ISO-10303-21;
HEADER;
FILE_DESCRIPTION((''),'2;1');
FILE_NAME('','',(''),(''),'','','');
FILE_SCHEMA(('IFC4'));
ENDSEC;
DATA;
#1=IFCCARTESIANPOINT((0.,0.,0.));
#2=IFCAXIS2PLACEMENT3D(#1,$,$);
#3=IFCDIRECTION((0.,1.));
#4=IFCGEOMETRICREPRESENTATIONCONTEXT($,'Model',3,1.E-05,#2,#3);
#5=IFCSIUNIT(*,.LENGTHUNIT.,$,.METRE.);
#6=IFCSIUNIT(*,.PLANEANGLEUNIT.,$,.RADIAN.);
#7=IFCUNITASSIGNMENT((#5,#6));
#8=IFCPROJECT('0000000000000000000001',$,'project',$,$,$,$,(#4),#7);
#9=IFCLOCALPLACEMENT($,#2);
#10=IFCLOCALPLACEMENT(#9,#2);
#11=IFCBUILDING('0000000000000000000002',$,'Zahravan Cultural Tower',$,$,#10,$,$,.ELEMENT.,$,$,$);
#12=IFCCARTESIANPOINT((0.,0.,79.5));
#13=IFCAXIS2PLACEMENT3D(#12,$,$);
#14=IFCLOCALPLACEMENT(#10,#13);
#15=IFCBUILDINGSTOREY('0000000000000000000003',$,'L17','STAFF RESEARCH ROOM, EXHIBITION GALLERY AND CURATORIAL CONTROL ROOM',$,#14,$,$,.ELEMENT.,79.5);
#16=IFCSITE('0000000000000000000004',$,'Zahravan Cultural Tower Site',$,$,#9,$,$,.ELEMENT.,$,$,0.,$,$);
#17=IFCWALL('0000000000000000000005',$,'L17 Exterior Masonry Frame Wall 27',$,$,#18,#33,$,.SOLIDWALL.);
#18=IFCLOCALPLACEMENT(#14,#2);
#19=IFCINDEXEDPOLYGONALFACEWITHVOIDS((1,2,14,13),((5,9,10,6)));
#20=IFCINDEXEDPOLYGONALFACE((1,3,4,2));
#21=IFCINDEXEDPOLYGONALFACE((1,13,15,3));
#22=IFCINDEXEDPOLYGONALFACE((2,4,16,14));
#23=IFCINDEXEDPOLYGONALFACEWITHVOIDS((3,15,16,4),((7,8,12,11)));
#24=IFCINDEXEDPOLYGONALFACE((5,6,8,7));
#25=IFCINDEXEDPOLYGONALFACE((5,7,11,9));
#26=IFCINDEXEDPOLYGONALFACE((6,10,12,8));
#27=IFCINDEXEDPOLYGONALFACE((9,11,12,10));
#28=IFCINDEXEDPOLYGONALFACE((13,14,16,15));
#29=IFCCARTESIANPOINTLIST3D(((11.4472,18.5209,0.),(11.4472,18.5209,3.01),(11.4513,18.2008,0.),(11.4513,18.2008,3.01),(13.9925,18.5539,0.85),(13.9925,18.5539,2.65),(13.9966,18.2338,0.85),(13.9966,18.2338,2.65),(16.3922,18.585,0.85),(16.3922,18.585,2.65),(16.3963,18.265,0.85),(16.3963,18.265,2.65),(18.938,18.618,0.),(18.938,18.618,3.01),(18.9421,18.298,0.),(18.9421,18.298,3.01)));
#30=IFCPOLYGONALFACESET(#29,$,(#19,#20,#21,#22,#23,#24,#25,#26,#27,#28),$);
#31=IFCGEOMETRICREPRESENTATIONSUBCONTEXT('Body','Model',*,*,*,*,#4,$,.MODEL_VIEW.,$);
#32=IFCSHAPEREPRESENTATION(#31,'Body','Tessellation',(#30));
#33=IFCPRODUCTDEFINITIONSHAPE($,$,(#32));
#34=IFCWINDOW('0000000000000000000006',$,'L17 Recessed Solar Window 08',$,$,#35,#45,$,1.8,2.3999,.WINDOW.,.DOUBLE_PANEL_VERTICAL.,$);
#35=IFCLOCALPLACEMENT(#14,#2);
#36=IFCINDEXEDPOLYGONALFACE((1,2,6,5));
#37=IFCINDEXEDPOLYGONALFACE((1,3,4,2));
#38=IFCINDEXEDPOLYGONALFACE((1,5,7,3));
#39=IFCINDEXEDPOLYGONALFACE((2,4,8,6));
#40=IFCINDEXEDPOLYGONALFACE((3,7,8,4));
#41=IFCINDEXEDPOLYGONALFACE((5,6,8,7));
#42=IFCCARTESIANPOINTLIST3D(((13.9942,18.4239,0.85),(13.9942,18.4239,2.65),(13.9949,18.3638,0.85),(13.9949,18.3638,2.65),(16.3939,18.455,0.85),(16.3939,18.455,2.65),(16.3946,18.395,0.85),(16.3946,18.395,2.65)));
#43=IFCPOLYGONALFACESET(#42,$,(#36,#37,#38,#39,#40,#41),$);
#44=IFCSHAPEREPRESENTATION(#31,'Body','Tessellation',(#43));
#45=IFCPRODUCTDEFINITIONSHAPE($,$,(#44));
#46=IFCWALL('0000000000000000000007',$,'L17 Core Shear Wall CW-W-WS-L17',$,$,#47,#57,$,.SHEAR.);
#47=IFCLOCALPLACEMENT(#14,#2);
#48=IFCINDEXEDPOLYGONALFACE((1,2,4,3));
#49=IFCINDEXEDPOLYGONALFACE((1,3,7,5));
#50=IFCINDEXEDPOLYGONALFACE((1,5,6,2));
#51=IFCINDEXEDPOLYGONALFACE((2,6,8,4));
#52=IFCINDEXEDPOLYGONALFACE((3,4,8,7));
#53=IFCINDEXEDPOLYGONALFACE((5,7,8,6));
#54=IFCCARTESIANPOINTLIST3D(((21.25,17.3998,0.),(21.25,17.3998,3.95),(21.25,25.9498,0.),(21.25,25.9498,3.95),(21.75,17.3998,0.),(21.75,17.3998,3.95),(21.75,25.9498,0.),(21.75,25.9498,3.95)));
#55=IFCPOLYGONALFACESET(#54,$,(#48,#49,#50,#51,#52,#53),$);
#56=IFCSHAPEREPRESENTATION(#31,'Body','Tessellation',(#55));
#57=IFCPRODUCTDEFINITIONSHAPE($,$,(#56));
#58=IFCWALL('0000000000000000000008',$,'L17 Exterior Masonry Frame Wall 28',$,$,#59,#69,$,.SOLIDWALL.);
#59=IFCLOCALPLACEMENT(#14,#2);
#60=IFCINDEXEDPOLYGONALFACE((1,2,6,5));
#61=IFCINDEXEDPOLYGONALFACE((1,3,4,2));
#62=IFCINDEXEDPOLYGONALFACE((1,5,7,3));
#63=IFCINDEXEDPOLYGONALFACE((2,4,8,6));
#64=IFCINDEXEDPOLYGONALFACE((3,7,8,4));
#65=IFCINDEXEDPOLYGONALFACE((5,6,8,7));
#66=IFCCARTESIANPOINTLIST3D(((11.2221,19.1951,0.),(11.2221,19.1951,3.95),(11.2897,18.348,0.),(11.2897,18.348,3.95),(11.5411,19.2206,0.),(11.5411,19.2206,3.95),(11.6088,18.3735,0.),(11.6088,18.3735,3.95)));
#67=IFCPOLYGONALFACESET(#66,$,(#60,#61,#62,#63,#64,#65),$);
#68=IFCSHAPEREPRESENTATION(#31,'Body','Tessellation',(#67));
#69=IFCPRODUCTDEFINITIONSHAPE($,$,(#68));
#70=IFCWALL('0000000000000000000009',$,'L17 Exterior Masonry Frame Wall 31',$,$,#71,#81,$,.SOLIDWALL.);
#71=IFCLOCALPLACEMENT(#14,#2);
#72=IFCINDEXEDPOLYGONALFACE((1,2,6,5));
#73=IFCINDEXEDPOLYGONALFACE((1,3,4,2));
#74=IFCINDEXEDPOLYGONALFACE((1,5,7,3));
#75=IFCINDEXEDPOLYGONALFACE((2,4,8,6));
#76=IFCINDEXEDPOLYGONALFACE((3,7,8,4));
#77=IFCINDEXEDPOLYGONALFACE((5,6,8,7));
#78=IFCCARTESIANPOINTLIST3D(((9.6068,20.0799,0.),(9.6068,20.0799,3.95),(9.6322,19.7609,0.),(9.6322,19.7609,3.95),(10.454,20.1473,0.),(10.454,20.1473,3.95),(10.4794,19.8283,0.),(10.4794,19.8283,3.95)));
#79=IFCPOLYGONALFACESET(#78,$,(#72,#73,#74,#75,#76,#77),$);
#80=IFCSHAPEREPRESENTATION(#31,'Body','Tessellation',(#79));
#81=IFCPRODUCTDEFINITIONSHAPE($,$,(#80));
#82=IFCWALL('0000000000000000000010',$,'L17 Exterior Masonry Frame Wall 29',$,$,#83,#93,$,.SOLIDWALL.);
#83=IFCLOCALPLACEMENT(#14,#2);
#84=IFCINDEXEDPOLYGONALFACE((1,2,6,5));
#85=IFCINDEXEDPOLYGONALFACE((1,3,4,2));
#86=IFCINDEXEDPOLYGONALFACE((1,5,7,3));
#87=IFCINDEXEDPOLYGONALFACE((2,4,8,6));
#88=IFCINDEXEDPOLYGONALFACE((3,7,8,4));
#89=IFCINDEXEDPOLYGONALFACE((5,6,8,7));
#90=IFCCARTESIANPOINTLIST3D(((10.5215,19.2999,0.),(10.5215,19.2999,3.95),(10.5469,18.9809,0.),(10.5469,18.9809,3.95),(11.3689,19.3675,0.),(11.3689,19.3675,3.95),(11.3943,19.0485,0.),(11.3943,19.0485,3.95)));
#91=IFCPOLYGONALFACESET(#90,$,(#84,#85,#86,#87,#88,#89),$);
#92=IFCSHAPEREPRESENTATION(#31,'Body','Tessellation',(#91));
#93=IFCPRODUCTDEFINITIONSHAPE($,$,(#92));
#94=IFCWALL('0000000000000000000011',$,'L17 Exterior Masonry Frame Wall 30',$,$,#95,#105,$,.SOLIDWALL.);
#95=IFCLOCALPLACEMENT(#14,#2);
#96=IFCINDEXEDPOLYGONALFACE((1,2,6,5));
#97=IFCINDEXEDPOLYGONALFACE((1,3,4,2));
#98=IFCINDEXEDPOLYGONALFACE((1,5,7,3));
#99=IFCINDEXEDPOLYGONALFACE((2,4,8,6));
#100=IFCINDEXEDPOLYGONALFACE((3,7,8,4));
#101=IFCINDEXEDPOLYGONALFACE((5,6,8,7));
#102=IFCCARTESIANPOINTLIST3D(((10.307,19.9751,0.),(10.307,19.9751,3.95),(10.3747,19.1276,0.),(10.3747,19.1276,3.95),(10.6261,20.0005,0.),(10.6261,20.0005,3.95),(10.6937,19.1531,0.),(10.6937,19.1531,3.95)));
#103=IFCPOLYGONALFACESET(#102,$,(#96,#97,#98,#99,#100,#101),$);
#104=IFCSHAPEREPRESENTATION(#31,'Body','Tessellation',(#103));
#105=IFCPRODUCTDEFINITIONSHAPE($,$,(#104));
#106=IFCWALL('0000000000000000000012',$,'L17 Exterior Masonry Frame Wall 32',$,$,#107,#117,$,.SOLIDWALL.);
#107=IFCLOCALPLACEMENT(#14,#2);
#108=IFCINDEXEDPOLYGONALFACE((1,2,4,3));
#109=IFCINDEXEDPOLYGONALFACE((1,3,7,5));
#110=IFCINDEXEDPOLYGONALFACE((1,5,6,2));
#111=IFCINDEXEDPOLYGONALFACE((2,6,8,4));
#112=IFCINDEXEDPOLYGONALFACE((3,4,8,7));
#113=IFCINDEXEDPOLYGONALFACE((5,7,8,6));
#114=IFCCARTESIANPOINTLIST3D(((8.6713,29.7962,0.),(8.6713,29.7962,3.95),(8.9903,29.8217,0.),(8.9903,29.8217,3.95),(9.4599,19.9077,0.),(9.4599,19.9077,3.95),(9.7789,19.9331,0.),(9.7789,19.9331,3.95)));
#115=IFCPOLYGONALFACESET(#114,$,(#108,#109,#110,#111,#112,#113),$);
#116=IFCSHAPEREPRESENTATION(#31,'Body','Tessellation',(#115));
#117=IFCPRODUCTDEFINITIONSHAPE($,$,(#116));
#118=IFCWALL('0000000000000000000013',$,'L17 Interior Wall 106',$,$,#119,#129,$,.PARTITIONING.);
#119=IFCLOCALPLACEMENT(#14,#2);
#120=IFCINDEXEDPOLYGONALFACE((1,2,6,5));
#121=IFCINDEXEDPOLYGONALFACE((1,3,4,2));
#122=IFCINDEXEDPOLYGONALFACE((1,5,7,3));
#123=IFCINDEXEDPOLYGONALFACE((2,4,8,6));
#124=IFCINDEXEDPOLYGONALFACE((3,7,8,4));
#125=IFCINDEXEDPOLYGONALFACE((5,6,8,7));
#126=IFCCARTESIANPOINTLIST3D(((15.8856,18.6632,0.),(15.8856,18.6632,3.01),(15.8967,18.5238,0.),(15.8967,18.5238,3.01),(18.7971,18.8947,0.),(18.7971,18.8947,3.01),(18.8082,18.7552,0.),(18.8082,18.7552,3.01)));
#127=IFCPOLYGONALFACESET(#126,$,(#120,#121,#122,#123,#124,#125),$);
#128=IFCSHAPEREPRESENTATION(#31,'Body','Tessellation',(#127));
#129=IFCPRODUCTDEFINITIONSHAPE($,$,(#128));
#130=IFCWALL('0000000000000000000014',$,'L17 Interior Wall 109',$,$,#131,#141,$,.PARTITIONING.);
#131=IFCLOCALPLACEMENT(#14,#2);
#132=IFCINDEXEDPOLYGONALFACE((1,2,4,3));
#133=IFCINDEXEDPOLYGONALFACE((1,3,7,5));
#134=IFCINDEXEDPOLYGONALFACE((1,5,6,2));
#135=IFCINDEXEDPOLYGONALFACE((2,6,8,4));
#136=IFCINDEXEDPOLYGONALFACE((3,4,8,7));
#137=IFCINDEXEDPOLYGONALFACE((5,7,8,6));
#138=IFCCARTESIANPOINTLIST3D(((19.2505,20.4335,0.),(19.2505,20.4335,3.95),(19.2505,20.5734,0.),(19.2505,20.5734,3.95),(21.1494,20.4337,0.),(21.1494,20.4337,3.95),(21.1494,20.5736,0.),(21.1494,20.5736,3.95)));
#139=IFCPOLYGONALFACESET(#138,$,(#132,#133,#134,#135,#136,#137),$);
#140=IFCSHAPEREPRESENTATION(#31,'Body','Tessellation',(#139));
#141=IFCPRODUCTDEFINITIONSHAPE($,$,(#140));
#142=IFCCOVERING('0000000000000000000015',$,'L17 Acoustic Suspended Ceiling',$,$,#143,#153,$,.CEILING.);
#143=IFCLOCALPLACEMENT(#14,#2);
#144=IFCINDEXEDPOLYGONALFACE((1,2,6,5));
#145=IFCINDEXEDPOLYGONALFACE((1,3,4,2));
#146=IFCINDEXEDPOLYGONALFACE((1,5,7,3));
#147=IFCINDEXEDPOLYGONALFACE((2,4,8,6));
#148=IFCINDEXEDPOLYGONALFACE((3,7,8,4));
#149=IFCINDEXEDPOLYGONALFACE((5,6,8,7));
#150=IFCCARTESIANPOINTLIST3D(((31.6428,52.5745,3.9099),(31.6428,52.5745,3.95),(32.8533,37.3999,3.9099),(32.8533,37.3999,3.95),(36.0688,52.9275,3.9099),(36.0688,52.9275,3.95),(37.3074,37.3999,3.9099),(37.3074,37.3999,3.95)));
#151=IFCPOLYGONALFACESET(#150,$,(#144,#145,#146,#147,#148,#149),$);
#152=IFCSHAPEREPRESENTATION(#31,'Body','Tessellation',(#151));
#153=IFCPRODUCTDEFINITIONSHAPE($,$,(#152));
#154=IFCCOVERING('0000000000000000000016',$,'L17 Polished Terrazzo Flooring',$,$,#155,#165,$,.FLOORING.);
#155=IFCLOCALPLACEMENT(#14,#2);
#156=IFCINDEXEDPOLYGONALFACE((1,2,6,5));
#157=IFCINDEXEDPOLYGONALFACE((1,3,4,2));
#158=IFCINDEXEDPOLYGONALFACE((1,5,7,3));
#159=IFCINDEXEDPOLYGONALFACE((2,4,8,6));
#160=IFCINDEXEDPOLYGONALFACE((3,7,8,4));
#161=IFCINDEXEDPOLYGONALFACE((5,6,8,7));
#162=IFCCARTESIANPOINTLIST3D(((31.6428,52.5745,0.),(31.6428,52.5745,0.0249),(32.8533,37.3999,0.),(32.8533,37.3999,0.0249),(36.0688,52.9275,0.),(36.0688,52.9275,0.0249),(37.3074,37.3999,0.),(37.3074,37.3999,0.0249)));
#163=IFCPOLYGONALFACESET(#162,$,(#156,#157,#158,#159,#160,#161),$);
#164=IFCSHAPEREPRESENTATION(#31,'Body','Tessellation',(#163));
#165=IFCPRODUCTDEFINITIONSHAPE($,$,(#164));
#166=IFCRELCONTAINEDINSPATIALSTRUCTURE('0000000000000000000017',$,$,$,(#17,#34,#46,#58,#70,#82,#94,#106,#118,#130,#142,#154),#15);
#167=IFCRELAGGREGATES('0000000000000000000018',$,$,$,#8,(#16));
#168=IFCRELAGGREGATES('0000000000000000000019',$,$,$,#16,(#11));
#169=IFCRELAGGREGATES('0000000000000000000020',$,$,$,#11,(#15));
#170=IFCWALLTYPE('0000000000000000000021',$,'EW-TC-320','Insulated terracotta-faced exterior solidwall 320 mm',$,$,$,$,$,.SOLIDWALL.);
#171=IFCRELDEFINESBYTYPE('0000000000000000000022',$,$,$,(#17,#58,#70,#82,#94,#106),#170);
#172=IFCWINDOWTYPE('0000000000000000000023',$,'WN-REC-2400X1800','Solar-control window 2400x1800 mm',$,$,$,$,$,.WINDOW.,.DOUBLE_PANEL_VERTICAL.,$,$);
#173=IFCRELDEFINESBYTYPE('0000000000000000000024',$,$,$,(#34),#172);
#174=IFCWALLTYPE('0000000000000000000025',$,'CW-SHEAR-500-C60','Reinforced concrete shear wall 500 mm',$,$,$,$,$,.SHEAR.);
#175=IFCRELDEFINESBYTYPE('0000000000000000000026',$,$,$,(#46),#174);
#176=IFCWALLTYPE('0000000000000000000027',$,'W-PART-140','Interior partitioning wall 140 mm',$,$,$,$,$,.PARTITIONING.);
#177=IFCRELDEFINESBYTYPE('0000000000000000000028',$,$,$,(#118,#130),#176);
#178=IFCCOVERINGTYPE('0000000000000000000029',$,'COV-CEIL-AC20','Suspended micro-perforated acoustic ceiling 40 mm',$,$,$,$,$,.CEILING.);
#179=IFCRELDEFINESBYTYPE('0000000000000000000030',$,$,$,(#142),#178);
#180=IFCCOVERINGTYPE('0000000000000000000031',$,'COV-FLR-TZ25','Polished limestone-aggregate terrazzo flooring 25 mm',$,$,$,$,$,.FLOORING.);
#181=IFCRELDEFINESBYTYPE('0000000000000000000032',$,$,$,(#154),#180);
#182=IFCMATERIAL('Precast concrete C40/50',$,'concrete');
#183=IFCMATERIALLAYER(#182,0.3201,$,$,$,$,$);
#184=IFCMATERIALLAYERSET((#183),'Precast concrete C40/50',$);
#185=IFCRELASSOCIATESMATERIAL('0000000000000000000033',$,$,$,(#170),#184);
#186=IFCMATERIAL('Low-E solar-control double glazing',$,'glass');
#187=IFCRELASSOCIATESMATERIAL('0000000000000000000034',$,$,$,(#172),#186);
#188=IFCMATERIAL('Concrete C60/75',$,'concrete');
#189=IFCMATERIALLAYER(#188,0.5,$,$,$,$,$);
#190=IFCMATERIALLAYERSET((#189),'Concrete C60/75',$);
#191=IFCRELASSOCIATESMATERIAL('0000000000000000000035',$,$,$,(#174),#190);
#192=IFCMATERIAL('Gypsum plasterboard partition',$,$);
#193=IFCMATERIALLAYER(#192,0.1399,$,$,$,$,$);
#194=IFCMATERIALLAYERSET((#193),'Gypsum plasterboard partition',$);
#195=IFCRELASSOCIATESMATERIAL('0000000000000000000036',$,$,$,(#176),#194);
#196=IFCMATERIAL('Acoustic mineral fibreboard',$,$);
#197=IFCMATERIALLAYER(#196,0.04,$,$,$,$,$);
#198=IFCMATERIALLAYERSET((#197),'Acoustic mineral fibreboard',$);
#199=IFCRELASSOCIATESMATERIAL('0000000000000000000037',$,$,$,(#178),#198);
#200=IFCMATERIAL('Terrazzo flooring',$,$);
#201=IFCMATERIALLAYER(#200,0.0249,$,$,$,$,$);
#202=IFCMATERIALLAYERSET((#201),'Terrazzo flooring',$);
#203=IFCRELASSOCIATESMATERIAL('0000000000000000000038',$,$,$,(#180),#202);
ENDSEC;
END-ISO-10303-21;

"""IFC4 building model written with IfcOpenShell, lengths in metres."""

from ifc_helpers import new_model, si_unit, direction, frame, frame_2d, origin, place, context, subcontext, project, spatial, polyline, rectangle, outline, extrude, source, transform, mapped, material, layer, layer_set, type_object, element, fill, save


model = new_model("IFC4")

# Units and contexts
model_context = context("Model", 3, precision=1e-05, world=origin(), true_north=direction((0.0, 1.0)))
body_context = subcontext(model_context, "Body", "Model", "MODEL_VIEW")
ifc_project = project(units=[si_unit("LENGTHUNIT", "METRE"), si_unit("PLANEANGLEUNIT", "RADIAN")], contexts=[model_context])

# Site, building, storey
site_placement = place(None, origin())
site = spatial("IfcSite", under=ifc_project, at=site_placement, Name="Zahravan Cultural Tower Site", CompositionType="ELEMENT", RefElevation=0.0)
building_placement = place(site_placement, origin())
building = spatial("IfcBuilding", under=site, at=building_placement, Name="Zahravan Cultural Tower", CompositionType="ELEMENT")
storey_placement = place(building_placement, frame((0.0, 0.0, 79.5)))
storey = spatial("IfcBuildingStorey", under=building, at=storey_placement, Name="L17", Description="STAFF RESEARCH ROOM, EXHIBITION GALLERY AND CURATORIAL CONTROL ROOM", CompositionType="ELEMENT", Elevation=79.5)

# Shared definitions
ifc_material_1 = material(Name="Concrete C60/75", Category="concrete")

# Wall, opening, window
ifc_material_2 = material(Name="Precast concrete C40/50", Category="concrete")
ifc_layer_1 = layer(ifc_material_2, 0.3201)
ifc_layer_set_1 = layer_set([ifc_layer_1], Name="Precast concrete C40/50")
wall_type_1 = type_object("IfcWallType", Name="EW-TC-320", Description="Insulated terracotta-faced exterior solidwall 320 mm", PredefinedType="SOLIDWALL", material=ifc_layer_set_1)
wall_1_placement = place(storey_placement, frame((18.9399, 18.458, 0.0), z_axis=(0.0, 0.0, 1.0), x_axis=(-0.999916, -0.012971, 0.0)))
wall_1 = element("IfcWall", 1, at=wall_1_placement, inside=storey, type_object=wall_type_1, Name="L17 Exterior Masonry Frame Wall 27", PredefinedType="SOLIDWALL", context=body_context, shape_type="SweptSolid", body=[
    extrude(rectangle(XDim=7.4915, YDim=0.3201, at=frame_2d((3.7456, 0.0))), origin(), (0.0, 0.0, 1.0), 3.01),
])
opening_placement = place(wall_1_placement, frame((2.5459, 0.0, 0.8501)))
opening = element("IfcOpeningElement", 2, at=opening_placement, cuts=wall_1, PredefinedType="OPENING", context=body_context, shape_type="SweptSolid", body=[
    extrude(rectangle(XDim=2.3999, YDim=1.8, at=frame_2d((1.2, 0.8999))), frame((0.0, 0.1699, 0.0), z_axis=(0.0, -1.0, 0.0), x_axis=(1.0, 0.0, 0.0)), (0.0, 0.0, 1.0), 0.3401),
])
ifc_material_3 = material(Name="Low-E solar-control double glazing", Category="glass")
window_type = type_object("IfcWindowType", Name="WN-REC-2400X1800", Description="Solar-control window 2400x1800 mm", PartitioningType="DOUBLE_PANEL_VERTICAL", PredefinedType="WINDOW", material=ifc_material_3)
shared_shape_1 = source(origin(), body_context, "Body", "SweptSolid", [
    extrude(rectangle(XDim=2.3999, YDim=1.8, at=frame_2d((1.2, 0.8999))), frame((0.0, 0.03, 0.0), z_axis=(0.0, -1.0, 0.0), x_axis=(1.0, 0.0, 0.0)), (0.0, 0.0, 1.0), 0.0601),
])
window_placement = place(opening_placement, origin())
window = element("IfcWindow", 3, at=window_placement, inside=storey, type_object=window_type, Name="L17 Recessed Solar Window 08", OverallHeight=1.8, OverallWidth=2.3999, PartitioningType="DOUBLE_PANEL_VERTICAL", PredefinedType="WINDOW", context=body_context, shape_type="MappedRepresentation", body=[
    mapped(shared_shape_1, transform((0.0, 0.0, 0.0), x_axis=(1.0, 0.0, 0.0), y_axis=(0.0, 1.0, 0.0), z_axis=(0.0, 0.0, 1.0), scale=1.0)),
])
fill(opening, window)

# Walls
ifc_layer_2 = layer(ifc_material_1, 0.5)
ifc_layer_set_2 = layer_set([ifc_layer_2], Name="Concrete C60/75")
wall_type_2 = type_object("IfcWallType", Name="CW-SHEAR-500-C60", Description="Reinforced concrete shear wall 500 mm", PredefinedType="SHEAR", material=ifc_layer_set_2)
shared_shape_2 = source(origin(), body_context, "Body", "SweptSolid", [
    extrude(rectangle(XDim=8.55, YDim=0.5, at=frame_2d((4.2749, 0.0))), origin(), (0.0, 0.0, 1.0), 3.95),
])
wall_2_placement = place(storey_placement, frame((21.5, 17.3999, 0.0), z_axis=(0.0, 0.0, 1.0), x_axis=(0.0, 1.0, 0.0)))
element("IfcWall", 4, at=wall_2_placement, inside=storey, type_object=wall_type_2, Name="L17 Core Shear Wall CW-W-WS-L17", PredefinedType="SHEAR", context=body_context, shape_type="MappedRepresentation", body=[
    mapped(shared_shape_2, transform((0.0, 0.0, 0.0), x_axis=(1.0, 0.0, 0.0), y_axis=(0.0, 1.0, 0.0), z_axis=(0.0, 0.0, 1.0), scale=1.0)),
])
shared_shape_3 = source(origin(), body_context, "Body", "SweptSolid", [
    extrude(rectangle(XDim=0.8499, YDim=0.3201, at=frame_2d((0.4248, 0.0))), origin(), (0.0, 0.0, 1.0), 3.95),
])
for number, where, z_axis, x_axis, name in (
    (5, (11.4492, 18.3608, 0.0), (0.0, 0.0, 1.0), (-0.079574, 0.996829, 0.0), "L17 Exterior Masonry Frame Wall 28"),
    (6, (10.4666, 19.9878, 0.0), (0.0, 0.0, 1.0), (-0.996852, -0.079288, 0.0), "L17 Exterior Masonry Frame Wall 31"),
):
    element("IfcWall", number, at=place(storey_placement, frame(where, z_axis=z_axis, x_axis=x_axis)), inside=storey, type_object=wall_type_1, Name=name, PredefinedType="SOLIDWALL", context=body_context, shape_type="MappedRepresentation", body=[
        mapped(shared_shape_3, transform((0.0, 0.0, 0.0), x_axis=(1.0, 0.0, 0.0), y_axis=(0.0, 1.0, 0.0), z_axis=(0.0, 0.0, 1.0), scale=1.0)),
    ])
shared_shape_4 = source(origin(), body_context, "Body", "SweptSolid", [
    extrude(rectangle(XDim=0.8501, YDim=0.3201, at=frame_2d((0.425, 0.0))), origin(), (0.0, 0.0, 1.0), 3.95),
])
for number, where, z_axis, x_axis, name in (
    (7, (11.3816, 19.208, 0.0), (0.0, 0.0, 1.0), (-0.996831, -0.079551, 0.0), "L17 Exterior Masonry Frame Wall 29"),
    (8, (10.5342, 19.1404, 0.0), (0.0, 0.0, 1.0), (-0.079551, 0.996831, 0.0), "L17 Exterior Masonry Frame Wall 30"),
):
    element("IfcWall", number, at=place(storey_placement, frame(where, z_axis=z_axis, x_axis=x_axis)), inside=storey, type_object=wall_type_1, Name=name, PredefinedType="SOLIDWALL", context=body_context, shape_type="MappedRepresentation", body=[
        mapped(shared_shape_4, transform((0.0, 0.0, 0.0), x_axis=(1.0, 0.0, 0.0), y_axis=(0.0, 1.0, 0.0), z_axis=(0.0, 0.0, 1.0), scale=1.0)),
    ])
shared_shape_5 = source(origin(), body_context, "Body", "SweptSolid", [
    extrude(rectangle(XDim=9.9199, YDim=0.3201, at=frame_2d((4.96, 0.0))), origin(), (0.0, 0.0, 1.0), 3.95),
])
wall_3_placement = place(storey_placement, frame((9.6194, 19.9204, 0.0), z_axis=(0.0, 0.0, 1.0), x_axis=(-0.079495, 0.996835, 0.0)))
element("IfcWall", 9, at=wall_3_placement, inside=storey, type_object=wall_type_1, Name="L17 Exterior Masonry Frame Wall 32", PredefinedType="SOLIDWALL", context=body_context, shape_type="MappedRepresentation", body=[
    mapped(shared_shape_5, transform((0.0, 0.0, 0.0), x_axis=(1.0, 0.0, 0.0), y_axis=(0.0, 1.0, 0.0), z_axis=(0.0, 0.0, 1.0), scale=1.0)),
])
ifc_material_4 = material(Name="Gypsum plasterboard partition")
ifc_layer_3 = layer(ifc_material_4, 0.1399)
ifc_layer_set_3 = layer_set([ifc_layer_3], Name="Gypsum plasterboard partition")
wall_type_3 = type_object("IfcWallType", Name="W-PART-140", Description="Interior partitioning wall 140 mm", PredefinedType="PARTITIONING", material=ifc_layer_set_3)
shared_shape_6 = source(origin(), body_context, "Body", "SweptSolid", [
    extrude(rectangle(XDim=2.9207, YDim=0.1399, at=frame_2d((1.4604, 0.0))), origin(), (0.0, 0.0, 1.0), 3.01),
])
wall_4_placement = place(storey_placement, frame((18.8027, 18.825, 0.0), z_axis=(0.0, 0.0, 1.0), x_axis=(-0.996855, -0.079247, 0.0)))
element("IfcWall", 10, at=wall_4_placement, inside=storey, type_object=wall_type_3, Name="L17 Interior Wall 106", PredefinedType="PARTITIONING", context=body_context, shape_type="MappedRepresentation", body=[
    mapped(shared_shape_6, transform((0.0, 0.0, 0.0), x_axis=(1.0, 0.0, 0.0), y_axis=(0.0, 1.0, 0.0), z_axis=(0.0, 0.0, 1.0), scale=1.0)),
])
shared_shape_7 = source(origin(), body_context, "Body", "SweptSolid", [
    extrude(rectangle(XDim=1.8989, YDim=0.1399, at=frame_2d((0.9495, 0.0))), origin(), (0.0, 0.0, 1.0), 3.95),
])
wall_5_placement = place(storey_placement, frame((19.2505, 20.5034, 0.0), z_axis=(0.0, 0.0, 1.0), x_axis=(1.0, 0.000129, 0.0)))
element("IfcWall", 11, at=wall_5_placement, inside=storey, type_object=wall_type_3, Name="L17 Interior Wall 109", PredefinedType="PARTITIONING", context=body_context, shape_type="MappedRepresentation", body=[
    mapped(shared_shape_7, transform((0.0, 0.0, 0.0), x_axis=(1.0, 0.0, 0.0), y_axis=(0.0, 1.0, 0.0), z_axis=(0.0, 0.0, 1.0), scale=1.0)),
])

# Coverings
ifc_material_5 = material(Name="Acoustic mineral fibreboard")
ifc_layer_4 = layer(ifc_material_5, 0.04)
ifc_layer_set_4 = layer_set([ifc_layer_4], Name="Acoustic mineral fibreboard")
covering_type_1 = type_object("IfcCoveringType", Name="COV-CEIL-AC20", Description="Suspended micro-perforated acoustic ceiling 40 mm", PredefinedType="CEILING", material=ifc_layer_set_4)
covering_1_placement = place(storey_placement, frame((0.0, 0.0, 3.9099)))
element("IfcCovering", 12, at=covering_1_placement, inside=storey, type_object=covering_type_1, Name="L17 Acoustic Suspended Ceiling", PredefinedType="CEILING", context=body_context, shape_type="SweptSolid", body=[
    extrude(outline(polyline([(31.6428, 52.5745), (32.8533, 37.3999), (37.3074, 37.3999), (36.0688, 52.9275), (31.6428, 52.5745)])), origin(), (0.0, 0.0, 1.0), 0.04),
])
ifc_material_6 = material(Name="Terrazzo flooring")
ifc_layer_5 = layer(ifc_material_6, 0.0249)
ifc_layer_set_5 = layer_set([ifc_layer_5], Name="Terrazzo flooring")
covering_type_2 = type_object("IfcCoveringType", Name="COV-FLR-TZ25", Description="Polished limestone-aggregate terrazzo flooring 25 mm", PredefinedType="FLOORING", material=ifc_layer_set_5)
covering_2_placement = place(storey_placement, origin())
element("IfcCovering", 13, at=covering_2_placement, inside=storey, type_object=covering_type_2, Name="L17 Polished Terrazzo Flooring", PredefinedType="FLOORING", context=body_context, shape_type="SweptSolid", body=[
    extrude(outline(polyline([(31.6428, 52.5745), (32.8533, 37.3999), (37.3074, 37.3999), (36.0688, 52.9275), (31.6428, 52.5745)])), origin(), (0.0, 0.0, 1.0), 0.0249),
])

save(model, "model.ifc")
